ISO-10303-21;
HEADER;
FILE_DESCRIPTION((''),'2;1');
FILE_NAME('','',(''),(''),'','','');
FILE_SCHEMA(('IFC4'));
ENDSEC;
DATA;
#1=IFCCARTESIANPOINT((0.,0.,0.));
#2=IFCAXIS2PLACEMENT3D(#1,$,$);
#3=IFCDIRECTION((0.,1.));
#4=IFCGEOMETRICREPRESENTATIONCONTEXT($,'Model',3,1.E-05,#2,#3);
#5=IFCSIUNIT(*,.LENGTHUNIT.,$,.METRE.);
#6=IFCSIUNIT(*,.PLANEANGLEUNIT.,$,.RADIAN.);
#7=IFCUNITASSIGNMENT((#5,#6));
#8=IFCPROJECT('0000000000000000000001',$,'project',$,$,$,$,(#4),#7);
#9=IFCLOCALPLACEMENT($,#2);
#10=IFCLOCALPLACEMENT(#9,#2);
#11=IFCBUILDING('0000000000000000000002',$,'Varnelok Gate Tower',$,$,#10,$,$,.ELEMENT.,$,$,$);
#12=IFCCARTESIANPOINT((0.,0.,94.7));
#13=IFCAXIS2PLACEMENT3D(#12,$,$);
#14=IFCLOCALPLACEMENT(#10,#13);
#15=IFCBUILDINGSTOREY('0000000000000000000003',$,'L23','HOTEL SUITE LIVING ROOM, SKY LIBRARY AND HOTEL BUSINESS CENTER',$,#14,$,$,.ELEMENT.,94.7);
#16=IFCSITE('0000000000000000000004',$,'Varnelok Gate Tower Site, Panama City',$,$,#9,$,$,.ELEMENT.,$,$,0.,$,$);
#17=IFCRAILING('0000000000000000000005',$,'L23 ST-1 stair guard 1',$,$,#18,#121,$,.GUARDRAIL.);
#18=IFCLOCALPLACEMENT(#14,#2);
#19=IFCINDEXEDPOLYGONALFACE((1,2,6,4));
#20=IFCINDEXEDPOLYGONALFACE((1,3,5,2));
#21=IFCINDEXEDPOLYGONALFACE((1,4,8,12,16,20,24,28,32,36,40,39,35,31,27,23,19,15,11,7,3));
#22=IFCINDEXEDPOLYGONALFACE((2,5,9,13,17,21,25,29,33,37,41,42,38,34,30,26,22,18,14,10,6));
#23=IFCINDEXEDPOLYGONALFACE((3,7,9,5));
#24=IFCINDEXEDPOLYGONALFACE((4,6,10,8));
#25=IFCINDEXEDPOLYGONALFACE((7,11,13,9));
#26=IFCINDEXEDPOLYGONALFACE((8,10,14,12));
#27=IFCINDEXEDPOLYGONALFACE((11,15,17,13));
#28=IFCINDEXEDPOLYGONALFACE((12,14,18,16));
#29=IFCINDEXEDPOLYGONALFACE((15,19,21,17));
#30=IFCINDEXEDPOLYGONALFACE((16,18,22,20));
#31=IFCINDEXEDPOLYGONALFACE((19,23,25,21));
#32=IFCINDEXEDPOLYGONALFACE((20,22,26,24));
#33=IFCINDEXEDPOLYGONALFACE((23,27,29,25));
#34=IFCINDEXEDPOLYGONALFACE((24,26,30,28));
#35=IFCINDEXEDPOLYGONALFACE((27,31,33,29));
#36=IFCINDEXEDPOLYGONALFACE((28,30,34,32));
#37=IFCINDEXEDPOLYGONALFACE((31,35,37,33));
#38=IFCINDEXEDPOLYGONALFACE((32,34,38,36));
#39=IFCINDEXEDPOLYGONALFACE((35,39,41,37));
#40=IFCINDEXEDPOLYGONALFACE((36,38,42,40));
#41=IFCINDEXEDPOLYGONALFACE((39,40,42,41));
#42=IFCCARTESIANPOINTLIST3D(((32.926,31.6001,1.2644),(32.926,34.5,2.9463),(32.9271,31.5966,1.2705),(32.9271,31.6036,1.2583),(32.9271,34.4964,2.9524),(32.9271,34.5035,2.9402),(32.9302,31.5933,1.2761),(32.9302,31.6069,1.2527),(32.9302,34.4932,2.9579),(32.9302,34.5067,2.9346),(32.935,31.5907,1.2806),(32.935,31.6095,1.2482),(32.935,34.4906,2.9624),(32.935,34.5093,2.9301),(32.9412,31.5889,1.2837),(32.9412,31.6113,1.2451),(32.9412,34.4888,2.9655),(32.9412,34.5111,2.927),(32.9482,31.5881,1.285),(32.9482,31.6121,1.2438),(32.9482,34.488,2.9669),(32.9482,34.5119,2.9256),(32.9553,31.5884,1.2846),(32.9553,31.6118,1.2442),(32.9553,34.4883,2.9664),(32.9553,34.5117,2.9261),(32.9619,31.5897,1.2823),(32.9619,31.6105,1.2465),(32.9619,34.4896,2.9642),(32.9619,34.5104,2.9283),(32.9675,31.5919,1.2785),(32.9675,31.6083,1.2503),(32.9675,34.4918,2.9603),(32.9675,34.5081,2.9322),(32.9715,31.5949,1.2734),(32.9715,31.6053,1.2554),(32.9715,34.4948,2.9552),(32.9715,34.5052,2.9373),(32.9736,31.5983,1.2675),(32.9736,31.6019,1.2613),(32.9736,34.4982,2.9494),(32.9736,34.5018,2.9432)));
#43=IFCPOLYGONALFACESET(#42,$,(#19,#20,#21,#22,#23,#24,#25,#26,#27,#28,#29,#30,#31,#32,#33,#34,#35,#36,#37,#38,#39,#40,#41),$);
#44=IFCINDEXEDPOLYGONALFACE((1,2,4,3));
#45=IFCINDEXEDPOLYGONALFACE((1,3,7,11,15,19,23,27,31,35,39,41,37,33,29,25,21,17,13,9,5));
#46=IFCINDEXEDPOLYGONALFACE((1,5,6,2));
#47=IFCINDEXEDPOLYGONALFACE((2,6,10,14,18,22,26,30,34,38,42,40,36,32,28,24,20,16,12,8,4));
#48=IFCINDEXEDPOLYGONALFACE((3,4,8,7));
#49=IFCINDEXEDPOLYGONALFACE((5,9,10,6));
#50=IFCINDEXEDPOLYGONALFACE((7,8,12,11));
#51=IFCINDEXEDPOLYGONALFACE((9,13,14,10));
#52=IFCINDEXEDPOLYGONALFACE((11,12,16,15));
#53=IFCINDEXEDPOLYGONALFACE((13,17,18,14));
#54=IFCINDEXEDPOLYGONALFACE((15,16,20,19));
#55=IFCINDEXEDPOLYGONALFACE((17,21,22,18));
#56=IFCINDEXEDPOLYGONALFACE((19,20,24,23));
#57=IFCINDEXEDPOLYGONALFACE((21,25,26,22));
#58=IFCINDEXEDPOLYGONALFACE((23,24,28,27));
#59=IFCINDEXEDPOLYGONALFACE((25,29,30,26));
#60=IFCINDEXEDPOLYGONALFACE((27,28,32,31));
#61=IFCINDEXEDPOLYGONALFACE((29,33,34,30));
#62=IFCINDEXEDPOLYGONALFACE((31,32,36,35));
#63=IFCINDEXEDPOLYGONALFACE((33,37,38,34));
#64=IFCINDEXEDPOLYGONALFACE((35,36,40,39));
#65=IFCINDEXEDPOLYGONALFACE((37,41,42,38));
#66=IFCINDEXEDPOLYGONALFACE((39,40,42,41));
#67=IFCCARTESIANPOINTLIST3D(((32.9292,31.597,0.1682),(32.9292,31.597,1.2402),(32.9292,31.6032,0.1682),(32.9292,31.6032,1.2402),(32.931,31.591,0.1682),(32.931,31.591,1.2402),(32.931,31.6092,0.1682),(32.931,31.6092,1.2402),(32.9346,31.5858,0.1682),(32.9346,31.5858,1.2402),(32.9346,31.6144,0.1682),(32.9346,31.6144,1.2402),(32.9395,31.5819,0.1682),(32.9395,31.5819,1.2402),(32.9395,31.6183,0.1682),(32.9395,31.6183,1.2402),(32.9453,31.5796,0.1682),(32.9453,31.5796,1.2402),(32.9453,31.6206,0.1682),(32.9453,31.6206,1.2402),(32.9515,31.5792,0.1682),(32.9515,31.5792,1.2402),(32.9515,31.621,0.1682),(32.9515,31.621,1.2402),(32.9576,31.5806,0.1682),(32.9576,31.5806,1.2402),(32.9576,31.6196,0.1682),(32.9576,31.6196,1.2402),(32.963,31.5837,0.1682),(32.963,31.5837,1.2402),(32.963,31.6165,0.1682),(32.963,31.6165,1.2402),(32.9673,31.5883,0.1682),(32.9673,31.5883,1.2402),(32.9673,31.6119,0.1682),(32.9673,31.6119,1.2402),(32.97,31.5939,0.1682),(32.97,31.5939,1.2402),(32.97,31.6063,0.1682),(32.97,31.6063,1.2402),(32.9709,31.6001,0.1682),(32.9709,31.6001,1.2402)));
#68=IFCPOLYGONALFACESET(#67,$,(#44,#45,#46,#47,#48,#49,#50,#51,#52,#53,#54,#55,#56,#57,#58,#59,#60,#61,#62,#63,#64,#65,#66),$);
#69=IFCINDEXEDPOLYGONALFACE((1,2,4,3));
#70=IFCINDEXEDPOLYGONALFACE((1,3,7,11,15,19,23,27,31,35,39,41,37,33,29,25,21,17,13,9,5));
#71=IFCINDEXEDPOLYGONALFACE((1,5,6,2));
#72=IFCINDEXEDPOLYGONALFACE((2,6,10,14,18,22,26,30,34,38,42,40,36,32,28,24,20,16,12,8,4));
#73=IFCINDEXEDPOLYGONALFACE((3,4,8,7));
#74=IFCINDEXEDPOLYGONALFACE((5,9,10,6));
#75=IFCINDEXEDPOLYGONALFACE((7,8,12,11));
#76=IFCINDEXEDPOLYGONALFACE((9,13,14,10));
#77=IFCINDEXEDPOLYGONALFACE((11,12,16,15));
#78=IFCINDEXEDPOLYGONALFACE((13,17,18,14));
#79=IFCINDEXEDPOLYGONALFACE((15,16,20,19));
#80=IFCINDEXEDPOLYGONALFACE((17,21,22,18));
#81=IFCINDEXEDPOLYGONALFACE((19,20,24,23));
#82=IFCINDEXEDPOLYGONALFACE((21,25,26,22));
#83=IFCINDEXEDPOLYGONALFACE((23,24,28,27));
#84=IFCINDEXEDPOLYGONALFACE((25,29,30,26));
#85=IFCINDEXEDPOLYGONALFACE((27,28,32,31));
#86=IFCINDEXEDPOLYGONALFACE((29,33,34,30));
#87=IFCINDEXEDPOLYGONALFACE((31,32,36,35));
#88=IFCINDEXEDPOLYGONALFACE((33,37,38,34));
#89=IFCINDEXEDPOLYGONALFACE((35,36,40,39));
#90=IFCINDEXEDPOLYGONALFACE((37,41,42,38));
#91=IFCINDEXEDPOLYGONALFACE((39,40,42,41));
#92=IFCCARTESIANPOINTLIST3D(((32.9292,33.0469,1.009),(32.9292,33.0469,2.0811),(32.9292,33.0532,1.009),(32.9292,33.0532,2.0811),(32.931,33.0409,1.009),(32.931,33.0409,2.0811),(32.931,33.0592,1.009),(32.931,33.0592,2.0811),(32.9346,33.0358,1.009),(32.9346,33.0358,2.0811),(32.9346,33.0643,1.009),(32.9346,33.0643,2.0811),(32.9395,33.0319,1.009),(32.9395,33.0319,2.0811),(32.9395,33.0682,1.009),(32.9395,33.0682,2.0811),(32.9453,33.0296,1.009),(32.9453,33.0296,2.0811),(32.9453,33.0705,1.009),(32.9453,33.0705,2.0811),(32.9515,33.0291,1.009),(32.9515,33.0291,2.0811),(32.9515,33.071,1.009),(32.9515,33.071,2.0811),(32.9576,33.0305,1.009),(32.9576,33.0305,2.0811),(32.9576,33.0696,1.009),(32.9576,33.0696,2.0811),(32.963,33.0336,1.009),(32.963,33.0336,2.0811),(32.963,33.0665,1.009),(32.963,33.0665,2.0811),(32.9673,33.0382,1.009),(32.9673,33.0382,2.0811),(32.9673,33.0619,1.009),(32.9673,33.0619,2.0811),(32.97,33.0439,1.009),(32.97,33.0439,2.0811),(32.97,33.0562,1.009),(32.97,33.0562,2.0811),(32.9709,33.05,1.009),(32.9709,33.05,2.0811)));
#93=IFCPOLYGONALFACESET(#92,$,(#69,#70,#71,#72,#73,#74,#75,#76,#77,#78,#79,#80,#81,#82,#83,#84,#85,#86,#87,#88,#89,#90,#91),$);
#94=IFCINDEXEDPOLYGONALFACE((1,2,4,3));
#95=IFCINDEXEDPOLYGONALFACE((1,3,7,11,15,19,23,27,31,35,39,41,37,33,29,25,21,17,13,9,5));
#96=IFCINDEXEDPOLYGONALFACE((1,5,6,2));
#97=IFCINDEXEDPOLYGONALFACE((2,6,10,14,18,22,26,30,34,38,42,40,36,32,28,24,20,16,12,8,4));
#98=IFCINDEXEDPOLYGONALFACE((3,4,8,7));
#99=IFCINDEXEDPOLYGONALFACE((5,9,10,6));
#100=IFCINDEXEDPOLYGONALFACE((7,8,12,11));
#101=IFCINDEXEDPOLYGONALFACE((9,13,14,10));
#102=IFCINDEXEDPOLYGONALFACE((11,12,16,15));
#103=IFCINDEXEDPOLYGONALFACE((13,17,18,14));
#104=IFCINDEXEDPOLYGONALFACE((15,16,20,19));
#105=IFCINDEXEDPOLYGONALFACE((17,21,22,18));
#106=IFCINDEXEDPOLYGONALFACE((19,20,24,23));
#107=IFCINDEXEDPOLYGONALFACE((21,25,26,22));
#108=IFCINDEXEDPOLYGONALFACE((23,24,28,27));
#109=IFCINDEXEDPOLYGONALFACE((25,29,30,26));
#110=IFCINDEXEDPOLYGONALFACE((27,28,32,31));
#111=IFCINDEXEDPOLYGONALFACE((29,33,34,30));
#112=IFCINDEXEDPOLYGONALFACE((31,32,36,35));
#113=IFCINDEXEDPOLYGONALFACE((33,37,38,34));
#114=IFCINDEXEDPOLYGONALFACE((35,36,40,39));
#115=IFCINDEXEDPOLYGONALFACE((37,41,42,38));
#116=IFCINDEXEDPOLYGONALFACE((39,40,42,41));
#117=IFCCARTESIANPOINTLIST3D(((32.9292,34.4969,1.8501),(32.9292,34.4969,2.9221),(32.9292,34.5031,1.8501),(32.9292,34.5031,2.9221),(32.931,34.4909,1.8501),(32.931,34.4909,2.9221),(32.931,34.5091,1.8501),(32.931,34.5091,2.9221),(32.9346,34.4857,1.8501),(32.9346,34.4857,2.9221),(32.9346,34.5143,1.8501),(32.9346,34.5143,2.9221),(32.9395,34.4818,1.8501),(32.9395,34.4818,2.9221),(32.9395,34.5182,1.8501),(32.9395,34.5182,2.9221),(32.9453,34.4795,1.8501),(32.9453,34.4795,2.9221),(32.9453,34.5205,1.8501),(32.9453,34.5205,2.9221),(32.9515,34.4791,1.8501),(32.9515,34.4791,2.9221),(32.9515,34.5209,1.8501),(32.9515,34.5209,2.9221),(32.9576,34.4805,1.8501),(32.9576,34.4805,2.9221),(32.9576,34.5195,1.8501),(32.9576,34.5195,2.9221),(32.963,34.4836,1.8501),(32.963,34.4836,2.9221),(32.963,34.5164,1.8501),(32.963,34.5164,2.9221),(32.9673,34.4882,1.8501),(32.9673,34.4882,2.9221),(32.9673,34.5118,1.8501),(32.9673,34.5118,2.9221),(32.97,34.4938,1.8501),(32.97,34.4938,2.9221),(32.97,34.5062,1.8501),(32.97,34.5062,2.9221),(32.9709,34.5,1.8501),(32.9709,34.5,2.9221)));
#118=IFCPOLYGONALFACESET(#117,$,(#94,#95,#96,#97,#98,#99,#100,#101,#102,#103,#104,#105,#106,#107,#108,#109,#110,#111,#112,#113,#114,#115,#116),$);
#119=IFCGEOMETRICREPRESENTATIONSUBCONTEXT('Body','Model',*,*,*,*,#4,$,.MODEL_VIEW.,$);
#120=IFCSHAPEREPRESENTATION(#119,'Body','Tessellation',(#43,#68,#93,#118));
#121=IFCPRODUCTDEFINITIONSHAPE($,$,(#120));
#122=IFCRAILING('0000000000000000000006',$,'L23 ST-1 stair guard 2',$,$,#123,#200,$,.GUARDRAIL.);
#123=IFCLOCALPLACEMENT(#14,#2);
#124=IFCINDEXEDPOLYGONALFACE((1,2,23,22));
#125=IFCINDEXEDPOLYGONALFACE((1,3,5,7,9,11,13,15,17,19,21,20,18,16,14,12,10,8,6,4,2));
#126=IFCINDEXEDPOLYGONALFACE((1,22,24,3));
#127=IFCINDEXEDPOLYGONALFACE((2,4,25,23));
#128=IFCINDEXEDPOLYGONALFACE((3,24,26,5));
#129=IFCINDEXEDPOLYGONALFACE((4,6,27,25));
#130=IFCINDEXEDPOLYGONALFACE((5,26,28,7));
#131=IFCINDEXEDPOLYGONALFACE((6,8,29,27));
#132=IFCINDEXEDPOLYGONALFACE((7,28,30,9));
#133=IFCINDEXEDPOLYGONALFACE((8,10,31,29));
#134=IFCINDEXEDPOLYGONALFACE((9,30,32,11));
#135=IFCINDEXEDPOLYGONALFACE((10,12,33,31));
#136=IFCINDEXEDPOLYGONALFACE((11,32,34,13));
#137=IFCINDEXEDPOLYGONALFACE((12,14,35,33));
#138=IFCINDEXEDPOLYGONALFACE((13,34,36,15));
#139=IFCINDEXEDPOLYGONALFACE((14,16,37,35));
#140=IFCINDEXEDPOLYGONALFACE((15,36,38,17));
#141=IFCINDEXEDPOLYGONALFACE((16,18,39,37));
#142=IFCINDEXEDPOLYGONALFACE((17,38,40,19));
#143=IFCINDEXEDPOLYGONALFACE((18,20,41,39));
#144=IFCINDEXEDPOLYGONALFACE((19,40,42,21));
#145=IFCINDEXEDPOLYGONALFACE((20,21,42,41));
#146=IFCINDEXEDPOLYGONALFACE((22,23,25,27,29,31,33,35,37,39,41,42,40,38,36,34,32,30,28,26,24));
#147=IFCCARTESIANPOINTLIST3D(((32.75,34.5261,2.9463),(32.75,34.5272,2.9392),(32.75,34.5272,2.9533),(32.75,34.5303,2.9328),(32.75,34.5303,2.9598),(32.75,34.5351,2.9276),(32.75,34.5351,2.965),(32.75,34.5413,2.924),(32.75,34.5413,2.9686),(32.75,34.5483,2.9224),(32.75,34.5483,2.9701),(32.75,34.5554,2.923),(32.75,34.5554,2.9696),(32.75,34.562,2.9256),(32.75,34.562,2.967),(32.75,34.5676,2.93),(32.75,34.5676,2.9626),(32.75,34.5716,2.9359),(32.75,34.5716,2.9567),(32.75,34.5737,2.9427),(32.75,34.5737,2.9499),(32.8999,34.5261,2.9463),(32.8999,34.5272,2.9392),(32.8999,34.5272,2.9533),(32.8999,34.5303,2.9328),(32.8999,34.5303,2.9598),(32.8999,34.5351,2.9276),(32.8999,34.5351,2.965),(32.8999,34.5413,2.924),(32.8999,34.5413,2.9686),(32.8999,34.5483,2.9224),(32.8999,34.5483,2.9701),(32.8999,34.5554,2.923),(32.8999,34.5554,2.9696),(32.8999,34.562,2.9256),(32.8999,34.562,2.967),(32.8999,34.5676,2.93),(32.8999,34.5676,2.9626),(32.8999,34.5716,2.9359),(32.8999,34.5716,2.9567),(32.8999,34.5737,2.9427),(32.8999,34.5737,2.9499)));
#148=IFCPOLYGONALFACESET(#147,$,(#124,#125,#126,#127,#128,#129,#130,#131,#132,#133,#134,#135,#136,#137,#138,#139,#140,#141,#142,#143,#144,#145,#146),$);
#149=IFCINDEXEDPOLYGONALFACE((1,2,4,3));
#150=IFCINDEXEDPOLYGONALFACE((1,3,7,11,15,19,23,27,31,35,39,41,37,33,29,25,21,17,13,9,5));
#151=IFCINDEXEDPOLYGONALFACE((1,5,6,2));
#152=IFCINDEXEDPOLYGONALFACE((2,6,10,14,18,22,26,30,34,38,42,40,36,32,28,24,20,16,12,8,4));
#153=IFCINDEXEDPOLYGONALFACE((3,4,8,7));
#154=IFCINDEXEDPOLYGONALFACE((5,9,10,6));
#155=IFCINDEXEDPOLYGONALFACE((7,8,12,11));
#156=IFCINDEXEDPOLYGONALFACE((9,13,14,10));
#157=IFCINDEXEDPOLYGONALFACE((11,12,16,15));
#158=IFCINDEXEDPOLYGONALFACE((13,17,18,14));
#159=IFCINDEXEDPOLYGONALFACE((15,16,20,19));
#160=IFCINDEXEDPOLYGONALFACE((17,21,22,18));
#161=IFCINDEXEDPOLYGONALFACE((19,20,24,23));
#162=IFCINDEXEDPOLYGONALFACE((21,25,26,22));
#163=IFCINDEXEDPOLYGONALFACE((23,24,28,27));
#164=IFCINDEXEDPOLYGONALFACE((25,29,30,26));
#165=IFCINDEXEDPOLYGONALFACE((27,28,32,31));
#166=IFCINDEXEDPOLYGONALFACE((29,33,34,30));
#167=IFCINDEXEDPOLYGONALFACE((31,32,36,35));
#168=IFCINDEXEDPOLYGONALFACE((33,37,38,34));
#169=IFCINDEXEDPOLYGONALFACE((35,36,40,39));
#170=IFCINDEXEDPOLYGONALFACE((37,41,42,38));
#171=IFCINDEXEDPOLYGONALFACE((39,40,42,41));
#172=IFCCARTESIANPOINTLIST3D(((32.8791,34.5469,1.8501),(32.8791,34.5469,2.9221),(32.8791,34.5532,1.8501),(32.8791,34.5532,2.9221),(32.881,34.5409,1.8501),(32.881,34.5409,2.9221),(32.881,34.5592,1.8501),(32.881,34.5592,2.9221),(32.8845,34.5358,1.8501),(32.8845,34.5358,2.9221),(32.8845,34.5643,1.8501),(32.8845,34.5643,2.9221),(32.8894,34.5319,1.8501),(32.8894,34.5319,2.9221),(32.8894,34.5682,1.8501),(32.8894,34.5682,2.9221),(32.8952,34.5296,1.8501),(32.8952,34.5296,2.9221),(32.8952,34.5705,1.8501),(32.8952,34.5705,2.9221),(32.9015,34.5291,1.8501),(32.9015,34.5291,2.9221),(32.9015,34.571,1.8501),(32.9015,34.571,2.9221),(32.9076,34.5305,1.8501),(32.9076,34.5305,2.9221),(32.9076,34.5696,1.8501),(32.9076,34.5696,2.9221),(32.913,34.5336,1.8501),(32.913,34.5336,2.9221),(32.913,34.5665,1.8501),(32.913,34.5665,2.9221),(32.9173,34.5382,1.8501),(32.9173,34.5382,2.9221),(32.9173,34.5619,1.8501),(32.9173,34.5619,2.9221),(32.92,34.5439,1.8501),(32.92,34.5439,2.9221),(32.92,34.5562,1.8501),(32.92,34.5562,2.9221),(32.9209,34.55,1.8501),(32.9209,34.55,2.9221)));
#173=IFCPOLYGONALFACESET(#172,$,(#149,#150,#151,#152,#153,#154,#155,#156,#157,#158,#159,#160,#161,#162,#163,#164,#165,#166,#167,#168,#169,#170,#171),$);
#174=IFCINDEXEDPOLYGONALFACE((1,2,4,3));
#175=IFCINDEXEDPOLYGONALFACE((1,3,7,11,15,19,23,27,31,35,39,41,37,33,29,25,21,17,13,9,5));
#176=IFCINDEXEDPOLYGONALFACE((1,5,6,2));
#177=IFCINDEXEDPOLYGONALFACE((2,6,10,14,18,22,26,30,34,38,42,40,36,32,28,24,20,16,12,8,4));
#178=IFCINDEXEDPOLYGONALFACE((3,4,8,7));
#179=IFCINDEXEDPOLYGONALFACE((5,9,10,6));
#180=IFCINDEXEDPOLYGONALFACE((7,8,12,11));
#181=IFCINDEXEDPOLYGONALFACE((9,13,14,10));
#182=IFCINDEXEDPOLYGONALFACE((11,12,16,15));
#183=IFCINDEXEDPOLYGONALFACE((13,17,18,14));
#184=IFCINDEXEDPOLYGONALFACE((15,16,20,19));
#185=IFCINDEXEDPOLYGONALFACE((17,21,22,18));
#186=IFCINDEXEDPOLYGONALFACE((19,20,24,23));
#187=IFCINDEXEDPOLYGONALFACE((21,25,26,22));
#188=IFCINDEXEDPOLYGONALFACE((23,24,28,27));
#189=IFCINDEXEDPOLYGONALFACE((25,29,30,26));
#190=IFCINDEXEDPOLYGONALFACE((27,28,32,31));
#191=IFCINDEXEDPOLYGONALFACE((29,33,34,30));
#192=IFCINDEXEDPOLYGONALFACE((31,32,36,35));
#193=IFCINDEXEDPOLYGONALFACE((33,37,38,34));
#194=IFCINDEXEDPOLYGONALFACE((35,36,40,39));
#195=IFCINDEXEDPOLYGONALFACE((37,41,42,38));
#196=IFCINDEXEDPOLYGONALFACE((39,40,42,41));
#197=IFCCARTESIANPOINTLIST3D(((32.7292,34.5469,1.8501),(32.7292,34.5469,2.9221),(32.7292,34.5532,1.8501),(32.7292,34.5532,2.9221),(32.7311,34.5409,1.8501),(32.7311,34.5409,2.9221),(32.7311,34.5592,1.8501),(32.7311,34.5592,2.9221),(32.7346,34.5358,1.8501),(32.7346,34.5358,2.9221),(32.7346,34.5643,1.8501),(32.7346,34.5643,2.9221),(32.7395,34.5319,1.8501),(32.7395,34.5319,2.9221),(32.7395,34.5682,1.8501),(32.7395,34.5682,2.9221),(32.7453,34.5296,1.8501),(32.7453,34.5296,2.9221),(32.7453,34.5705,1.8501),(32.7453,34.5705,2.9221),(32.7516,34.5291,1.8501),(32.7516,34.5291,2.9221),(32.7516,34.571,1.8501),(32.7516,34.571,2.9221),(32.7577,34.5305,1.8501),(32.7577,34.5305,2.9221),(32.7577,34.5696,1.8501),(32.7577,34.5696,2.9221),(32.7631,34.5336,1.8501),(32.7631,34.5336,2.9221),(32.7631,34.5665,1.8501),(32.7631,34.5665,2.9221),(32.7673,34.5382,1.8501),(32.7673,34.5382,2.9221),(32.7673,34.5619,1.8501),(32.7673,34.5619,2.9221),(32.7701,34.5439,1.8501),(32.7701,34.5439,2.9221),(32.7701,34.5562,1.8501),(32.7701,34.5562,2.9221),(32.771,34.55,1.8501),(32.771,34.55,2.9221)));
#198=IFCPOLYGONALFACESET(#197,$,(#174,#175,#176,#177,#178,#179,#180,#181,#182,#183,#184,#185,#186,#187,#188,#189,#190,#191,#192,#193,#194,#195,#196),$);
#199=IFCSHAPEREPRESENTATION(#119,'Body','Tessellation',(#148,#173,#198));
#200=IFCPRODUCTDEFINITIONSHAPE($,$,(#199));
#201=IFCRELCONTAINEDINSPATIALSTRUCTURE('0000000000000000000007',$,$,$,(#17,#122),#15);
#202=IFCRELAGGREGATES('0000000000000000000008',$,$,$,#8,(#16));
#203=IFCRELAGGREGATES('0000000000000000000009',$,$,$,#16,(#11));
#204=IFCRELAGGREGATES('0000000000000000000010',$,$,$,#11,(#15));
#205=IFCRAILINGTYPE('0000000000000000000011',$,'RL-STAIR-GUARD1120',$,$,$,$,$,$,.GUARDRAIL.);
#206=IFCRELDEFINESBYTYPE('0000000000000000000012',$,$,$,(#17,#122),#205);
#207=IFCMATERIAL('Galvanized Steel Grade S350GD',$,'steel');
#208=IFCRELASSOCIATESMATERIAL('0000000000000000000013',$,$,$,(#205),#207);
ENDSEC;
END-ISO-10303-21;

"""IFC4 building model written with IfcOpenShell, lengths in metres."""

from ifc_helpers import new_model, si_unit, direction, frame, origin, origin_2d, place, context, subcontext, project, spatial, circle, extrude, material, type_object, element, save


model = new_model("IFC4")

# Units and contexts
model_context = context("Model", 3, precision=1e-05, world=origin(), true_north=direction((0.0, 1.0)))
body_context = subcontext(model_context, "Body", "Model", "MODEL_VIEW")
ifc_project = project(units=[si_unit("LENGTHUNIT", "METRE"), si_unit("PLANEANGLEUNIT", "RADIAN")], contexts=[model_context])

# Site, building, storey
site_placement = place(None, origin())
site = spatial("IfcSite", under=ifc_project, at=site_placement, Name="Varnelok Gate Tower Site, Panama City", CompositionType="ELEMENT", RefElevation=0.0)
building_placement = place(site_placement, origin())
building = spatial("IfcBuilding", under=site, at=building_placement, Name="Varnelok Gate Tower", CompositionType="ELEMENT")
storey_placement = place(building_placement, frame((0.0, 0.0, 94.7)))
storey = spatial("IfcBuildingStorey", under=building, at=storey_placement, Name="L23", Description="HOTEL SUITE LIVING ROOM, SKY LIBRARY AND HOTEL BUSINESS CENTER", CompositionType="ELEMENT", Elevation=94.7)

# Shared definitions
ifc_material_1 = material(Name="Galvanized Steel Grade S350GD", Category="steel")

# Railings
railing_type_1 = type_object("IfcRailingType", Name="RL-STAIR-GUARD1120", PredefinedType="GUARDRAIL", material=ifc_material_1)
railing_1_placement = place(storey_placement, frame((32.95, 31.6001, 0.1682)))
element("IfcRailing", 1, at=railing_1_placement, inside=storey, type_object=railing_type_1, Name="L23 ST-1 stair guard 1", PredefinedType="GUARDRAIL", context=body_context, shape_type="SweptSolid", body=[
    extrude(circle(Radius=0.0239, at=origin_2d()), frame((0.0, 0.0, 1.0962), z_axis=(0.0, 0.865039, 0.501705), x_axis=(-1.0, 0.0, 0.0)), (0.0, 0.0, 1.0), 3.3523),
    extrude(circle(Radius=0.021, at=origin_2d()), origin(), (0.0, 0.0, 1.0), 1.072),
    extrude(circle(Radius=0.021, at=origin_2d()), frame((0.0, 1.45, 0.8408)), (0.0, 0.0, 1.0), 1.072),
    extrude(circle(Radius=0.021, at=origin_2d()), frame((0.0, 2.8999, 1.6819)), (0.0, 0.0, 1.0), 1.072),
])
railing_2_placement = place(storey_placement, frame((32.8999, 34.55, 1.8501)))
element("IfcRailing", 2, at=railing_2_placement, inside=storey, type_object=railing_type_1, Name="L23 ST-1 stair guard 2", PredefinedType="GUARDRAIL", context=body_context, shape_type="SweptSolid", body=[
    extrude(circle(Radius=0.0239, at=origin_2d()), frame((0.0, 0.0, 1.0962), z_axis=(-1.0, 0.0, 0.0), x_axis=(0.0, -1.0, 0.0)), (0.0, 0.0, 1.0), 0.1499),
    extrude(circle(Radius=0.021, at=origin_2d()), origin(), (0.0, 0.0, 1.0), 1.072),
    extrude(circle(Radius=0.021, at=origin_2d()), frame((-0.1499, 0.0, 0.0)), (0.0, 0.0, 1.0), 1.072),
])

save(model, "model.ifc")
